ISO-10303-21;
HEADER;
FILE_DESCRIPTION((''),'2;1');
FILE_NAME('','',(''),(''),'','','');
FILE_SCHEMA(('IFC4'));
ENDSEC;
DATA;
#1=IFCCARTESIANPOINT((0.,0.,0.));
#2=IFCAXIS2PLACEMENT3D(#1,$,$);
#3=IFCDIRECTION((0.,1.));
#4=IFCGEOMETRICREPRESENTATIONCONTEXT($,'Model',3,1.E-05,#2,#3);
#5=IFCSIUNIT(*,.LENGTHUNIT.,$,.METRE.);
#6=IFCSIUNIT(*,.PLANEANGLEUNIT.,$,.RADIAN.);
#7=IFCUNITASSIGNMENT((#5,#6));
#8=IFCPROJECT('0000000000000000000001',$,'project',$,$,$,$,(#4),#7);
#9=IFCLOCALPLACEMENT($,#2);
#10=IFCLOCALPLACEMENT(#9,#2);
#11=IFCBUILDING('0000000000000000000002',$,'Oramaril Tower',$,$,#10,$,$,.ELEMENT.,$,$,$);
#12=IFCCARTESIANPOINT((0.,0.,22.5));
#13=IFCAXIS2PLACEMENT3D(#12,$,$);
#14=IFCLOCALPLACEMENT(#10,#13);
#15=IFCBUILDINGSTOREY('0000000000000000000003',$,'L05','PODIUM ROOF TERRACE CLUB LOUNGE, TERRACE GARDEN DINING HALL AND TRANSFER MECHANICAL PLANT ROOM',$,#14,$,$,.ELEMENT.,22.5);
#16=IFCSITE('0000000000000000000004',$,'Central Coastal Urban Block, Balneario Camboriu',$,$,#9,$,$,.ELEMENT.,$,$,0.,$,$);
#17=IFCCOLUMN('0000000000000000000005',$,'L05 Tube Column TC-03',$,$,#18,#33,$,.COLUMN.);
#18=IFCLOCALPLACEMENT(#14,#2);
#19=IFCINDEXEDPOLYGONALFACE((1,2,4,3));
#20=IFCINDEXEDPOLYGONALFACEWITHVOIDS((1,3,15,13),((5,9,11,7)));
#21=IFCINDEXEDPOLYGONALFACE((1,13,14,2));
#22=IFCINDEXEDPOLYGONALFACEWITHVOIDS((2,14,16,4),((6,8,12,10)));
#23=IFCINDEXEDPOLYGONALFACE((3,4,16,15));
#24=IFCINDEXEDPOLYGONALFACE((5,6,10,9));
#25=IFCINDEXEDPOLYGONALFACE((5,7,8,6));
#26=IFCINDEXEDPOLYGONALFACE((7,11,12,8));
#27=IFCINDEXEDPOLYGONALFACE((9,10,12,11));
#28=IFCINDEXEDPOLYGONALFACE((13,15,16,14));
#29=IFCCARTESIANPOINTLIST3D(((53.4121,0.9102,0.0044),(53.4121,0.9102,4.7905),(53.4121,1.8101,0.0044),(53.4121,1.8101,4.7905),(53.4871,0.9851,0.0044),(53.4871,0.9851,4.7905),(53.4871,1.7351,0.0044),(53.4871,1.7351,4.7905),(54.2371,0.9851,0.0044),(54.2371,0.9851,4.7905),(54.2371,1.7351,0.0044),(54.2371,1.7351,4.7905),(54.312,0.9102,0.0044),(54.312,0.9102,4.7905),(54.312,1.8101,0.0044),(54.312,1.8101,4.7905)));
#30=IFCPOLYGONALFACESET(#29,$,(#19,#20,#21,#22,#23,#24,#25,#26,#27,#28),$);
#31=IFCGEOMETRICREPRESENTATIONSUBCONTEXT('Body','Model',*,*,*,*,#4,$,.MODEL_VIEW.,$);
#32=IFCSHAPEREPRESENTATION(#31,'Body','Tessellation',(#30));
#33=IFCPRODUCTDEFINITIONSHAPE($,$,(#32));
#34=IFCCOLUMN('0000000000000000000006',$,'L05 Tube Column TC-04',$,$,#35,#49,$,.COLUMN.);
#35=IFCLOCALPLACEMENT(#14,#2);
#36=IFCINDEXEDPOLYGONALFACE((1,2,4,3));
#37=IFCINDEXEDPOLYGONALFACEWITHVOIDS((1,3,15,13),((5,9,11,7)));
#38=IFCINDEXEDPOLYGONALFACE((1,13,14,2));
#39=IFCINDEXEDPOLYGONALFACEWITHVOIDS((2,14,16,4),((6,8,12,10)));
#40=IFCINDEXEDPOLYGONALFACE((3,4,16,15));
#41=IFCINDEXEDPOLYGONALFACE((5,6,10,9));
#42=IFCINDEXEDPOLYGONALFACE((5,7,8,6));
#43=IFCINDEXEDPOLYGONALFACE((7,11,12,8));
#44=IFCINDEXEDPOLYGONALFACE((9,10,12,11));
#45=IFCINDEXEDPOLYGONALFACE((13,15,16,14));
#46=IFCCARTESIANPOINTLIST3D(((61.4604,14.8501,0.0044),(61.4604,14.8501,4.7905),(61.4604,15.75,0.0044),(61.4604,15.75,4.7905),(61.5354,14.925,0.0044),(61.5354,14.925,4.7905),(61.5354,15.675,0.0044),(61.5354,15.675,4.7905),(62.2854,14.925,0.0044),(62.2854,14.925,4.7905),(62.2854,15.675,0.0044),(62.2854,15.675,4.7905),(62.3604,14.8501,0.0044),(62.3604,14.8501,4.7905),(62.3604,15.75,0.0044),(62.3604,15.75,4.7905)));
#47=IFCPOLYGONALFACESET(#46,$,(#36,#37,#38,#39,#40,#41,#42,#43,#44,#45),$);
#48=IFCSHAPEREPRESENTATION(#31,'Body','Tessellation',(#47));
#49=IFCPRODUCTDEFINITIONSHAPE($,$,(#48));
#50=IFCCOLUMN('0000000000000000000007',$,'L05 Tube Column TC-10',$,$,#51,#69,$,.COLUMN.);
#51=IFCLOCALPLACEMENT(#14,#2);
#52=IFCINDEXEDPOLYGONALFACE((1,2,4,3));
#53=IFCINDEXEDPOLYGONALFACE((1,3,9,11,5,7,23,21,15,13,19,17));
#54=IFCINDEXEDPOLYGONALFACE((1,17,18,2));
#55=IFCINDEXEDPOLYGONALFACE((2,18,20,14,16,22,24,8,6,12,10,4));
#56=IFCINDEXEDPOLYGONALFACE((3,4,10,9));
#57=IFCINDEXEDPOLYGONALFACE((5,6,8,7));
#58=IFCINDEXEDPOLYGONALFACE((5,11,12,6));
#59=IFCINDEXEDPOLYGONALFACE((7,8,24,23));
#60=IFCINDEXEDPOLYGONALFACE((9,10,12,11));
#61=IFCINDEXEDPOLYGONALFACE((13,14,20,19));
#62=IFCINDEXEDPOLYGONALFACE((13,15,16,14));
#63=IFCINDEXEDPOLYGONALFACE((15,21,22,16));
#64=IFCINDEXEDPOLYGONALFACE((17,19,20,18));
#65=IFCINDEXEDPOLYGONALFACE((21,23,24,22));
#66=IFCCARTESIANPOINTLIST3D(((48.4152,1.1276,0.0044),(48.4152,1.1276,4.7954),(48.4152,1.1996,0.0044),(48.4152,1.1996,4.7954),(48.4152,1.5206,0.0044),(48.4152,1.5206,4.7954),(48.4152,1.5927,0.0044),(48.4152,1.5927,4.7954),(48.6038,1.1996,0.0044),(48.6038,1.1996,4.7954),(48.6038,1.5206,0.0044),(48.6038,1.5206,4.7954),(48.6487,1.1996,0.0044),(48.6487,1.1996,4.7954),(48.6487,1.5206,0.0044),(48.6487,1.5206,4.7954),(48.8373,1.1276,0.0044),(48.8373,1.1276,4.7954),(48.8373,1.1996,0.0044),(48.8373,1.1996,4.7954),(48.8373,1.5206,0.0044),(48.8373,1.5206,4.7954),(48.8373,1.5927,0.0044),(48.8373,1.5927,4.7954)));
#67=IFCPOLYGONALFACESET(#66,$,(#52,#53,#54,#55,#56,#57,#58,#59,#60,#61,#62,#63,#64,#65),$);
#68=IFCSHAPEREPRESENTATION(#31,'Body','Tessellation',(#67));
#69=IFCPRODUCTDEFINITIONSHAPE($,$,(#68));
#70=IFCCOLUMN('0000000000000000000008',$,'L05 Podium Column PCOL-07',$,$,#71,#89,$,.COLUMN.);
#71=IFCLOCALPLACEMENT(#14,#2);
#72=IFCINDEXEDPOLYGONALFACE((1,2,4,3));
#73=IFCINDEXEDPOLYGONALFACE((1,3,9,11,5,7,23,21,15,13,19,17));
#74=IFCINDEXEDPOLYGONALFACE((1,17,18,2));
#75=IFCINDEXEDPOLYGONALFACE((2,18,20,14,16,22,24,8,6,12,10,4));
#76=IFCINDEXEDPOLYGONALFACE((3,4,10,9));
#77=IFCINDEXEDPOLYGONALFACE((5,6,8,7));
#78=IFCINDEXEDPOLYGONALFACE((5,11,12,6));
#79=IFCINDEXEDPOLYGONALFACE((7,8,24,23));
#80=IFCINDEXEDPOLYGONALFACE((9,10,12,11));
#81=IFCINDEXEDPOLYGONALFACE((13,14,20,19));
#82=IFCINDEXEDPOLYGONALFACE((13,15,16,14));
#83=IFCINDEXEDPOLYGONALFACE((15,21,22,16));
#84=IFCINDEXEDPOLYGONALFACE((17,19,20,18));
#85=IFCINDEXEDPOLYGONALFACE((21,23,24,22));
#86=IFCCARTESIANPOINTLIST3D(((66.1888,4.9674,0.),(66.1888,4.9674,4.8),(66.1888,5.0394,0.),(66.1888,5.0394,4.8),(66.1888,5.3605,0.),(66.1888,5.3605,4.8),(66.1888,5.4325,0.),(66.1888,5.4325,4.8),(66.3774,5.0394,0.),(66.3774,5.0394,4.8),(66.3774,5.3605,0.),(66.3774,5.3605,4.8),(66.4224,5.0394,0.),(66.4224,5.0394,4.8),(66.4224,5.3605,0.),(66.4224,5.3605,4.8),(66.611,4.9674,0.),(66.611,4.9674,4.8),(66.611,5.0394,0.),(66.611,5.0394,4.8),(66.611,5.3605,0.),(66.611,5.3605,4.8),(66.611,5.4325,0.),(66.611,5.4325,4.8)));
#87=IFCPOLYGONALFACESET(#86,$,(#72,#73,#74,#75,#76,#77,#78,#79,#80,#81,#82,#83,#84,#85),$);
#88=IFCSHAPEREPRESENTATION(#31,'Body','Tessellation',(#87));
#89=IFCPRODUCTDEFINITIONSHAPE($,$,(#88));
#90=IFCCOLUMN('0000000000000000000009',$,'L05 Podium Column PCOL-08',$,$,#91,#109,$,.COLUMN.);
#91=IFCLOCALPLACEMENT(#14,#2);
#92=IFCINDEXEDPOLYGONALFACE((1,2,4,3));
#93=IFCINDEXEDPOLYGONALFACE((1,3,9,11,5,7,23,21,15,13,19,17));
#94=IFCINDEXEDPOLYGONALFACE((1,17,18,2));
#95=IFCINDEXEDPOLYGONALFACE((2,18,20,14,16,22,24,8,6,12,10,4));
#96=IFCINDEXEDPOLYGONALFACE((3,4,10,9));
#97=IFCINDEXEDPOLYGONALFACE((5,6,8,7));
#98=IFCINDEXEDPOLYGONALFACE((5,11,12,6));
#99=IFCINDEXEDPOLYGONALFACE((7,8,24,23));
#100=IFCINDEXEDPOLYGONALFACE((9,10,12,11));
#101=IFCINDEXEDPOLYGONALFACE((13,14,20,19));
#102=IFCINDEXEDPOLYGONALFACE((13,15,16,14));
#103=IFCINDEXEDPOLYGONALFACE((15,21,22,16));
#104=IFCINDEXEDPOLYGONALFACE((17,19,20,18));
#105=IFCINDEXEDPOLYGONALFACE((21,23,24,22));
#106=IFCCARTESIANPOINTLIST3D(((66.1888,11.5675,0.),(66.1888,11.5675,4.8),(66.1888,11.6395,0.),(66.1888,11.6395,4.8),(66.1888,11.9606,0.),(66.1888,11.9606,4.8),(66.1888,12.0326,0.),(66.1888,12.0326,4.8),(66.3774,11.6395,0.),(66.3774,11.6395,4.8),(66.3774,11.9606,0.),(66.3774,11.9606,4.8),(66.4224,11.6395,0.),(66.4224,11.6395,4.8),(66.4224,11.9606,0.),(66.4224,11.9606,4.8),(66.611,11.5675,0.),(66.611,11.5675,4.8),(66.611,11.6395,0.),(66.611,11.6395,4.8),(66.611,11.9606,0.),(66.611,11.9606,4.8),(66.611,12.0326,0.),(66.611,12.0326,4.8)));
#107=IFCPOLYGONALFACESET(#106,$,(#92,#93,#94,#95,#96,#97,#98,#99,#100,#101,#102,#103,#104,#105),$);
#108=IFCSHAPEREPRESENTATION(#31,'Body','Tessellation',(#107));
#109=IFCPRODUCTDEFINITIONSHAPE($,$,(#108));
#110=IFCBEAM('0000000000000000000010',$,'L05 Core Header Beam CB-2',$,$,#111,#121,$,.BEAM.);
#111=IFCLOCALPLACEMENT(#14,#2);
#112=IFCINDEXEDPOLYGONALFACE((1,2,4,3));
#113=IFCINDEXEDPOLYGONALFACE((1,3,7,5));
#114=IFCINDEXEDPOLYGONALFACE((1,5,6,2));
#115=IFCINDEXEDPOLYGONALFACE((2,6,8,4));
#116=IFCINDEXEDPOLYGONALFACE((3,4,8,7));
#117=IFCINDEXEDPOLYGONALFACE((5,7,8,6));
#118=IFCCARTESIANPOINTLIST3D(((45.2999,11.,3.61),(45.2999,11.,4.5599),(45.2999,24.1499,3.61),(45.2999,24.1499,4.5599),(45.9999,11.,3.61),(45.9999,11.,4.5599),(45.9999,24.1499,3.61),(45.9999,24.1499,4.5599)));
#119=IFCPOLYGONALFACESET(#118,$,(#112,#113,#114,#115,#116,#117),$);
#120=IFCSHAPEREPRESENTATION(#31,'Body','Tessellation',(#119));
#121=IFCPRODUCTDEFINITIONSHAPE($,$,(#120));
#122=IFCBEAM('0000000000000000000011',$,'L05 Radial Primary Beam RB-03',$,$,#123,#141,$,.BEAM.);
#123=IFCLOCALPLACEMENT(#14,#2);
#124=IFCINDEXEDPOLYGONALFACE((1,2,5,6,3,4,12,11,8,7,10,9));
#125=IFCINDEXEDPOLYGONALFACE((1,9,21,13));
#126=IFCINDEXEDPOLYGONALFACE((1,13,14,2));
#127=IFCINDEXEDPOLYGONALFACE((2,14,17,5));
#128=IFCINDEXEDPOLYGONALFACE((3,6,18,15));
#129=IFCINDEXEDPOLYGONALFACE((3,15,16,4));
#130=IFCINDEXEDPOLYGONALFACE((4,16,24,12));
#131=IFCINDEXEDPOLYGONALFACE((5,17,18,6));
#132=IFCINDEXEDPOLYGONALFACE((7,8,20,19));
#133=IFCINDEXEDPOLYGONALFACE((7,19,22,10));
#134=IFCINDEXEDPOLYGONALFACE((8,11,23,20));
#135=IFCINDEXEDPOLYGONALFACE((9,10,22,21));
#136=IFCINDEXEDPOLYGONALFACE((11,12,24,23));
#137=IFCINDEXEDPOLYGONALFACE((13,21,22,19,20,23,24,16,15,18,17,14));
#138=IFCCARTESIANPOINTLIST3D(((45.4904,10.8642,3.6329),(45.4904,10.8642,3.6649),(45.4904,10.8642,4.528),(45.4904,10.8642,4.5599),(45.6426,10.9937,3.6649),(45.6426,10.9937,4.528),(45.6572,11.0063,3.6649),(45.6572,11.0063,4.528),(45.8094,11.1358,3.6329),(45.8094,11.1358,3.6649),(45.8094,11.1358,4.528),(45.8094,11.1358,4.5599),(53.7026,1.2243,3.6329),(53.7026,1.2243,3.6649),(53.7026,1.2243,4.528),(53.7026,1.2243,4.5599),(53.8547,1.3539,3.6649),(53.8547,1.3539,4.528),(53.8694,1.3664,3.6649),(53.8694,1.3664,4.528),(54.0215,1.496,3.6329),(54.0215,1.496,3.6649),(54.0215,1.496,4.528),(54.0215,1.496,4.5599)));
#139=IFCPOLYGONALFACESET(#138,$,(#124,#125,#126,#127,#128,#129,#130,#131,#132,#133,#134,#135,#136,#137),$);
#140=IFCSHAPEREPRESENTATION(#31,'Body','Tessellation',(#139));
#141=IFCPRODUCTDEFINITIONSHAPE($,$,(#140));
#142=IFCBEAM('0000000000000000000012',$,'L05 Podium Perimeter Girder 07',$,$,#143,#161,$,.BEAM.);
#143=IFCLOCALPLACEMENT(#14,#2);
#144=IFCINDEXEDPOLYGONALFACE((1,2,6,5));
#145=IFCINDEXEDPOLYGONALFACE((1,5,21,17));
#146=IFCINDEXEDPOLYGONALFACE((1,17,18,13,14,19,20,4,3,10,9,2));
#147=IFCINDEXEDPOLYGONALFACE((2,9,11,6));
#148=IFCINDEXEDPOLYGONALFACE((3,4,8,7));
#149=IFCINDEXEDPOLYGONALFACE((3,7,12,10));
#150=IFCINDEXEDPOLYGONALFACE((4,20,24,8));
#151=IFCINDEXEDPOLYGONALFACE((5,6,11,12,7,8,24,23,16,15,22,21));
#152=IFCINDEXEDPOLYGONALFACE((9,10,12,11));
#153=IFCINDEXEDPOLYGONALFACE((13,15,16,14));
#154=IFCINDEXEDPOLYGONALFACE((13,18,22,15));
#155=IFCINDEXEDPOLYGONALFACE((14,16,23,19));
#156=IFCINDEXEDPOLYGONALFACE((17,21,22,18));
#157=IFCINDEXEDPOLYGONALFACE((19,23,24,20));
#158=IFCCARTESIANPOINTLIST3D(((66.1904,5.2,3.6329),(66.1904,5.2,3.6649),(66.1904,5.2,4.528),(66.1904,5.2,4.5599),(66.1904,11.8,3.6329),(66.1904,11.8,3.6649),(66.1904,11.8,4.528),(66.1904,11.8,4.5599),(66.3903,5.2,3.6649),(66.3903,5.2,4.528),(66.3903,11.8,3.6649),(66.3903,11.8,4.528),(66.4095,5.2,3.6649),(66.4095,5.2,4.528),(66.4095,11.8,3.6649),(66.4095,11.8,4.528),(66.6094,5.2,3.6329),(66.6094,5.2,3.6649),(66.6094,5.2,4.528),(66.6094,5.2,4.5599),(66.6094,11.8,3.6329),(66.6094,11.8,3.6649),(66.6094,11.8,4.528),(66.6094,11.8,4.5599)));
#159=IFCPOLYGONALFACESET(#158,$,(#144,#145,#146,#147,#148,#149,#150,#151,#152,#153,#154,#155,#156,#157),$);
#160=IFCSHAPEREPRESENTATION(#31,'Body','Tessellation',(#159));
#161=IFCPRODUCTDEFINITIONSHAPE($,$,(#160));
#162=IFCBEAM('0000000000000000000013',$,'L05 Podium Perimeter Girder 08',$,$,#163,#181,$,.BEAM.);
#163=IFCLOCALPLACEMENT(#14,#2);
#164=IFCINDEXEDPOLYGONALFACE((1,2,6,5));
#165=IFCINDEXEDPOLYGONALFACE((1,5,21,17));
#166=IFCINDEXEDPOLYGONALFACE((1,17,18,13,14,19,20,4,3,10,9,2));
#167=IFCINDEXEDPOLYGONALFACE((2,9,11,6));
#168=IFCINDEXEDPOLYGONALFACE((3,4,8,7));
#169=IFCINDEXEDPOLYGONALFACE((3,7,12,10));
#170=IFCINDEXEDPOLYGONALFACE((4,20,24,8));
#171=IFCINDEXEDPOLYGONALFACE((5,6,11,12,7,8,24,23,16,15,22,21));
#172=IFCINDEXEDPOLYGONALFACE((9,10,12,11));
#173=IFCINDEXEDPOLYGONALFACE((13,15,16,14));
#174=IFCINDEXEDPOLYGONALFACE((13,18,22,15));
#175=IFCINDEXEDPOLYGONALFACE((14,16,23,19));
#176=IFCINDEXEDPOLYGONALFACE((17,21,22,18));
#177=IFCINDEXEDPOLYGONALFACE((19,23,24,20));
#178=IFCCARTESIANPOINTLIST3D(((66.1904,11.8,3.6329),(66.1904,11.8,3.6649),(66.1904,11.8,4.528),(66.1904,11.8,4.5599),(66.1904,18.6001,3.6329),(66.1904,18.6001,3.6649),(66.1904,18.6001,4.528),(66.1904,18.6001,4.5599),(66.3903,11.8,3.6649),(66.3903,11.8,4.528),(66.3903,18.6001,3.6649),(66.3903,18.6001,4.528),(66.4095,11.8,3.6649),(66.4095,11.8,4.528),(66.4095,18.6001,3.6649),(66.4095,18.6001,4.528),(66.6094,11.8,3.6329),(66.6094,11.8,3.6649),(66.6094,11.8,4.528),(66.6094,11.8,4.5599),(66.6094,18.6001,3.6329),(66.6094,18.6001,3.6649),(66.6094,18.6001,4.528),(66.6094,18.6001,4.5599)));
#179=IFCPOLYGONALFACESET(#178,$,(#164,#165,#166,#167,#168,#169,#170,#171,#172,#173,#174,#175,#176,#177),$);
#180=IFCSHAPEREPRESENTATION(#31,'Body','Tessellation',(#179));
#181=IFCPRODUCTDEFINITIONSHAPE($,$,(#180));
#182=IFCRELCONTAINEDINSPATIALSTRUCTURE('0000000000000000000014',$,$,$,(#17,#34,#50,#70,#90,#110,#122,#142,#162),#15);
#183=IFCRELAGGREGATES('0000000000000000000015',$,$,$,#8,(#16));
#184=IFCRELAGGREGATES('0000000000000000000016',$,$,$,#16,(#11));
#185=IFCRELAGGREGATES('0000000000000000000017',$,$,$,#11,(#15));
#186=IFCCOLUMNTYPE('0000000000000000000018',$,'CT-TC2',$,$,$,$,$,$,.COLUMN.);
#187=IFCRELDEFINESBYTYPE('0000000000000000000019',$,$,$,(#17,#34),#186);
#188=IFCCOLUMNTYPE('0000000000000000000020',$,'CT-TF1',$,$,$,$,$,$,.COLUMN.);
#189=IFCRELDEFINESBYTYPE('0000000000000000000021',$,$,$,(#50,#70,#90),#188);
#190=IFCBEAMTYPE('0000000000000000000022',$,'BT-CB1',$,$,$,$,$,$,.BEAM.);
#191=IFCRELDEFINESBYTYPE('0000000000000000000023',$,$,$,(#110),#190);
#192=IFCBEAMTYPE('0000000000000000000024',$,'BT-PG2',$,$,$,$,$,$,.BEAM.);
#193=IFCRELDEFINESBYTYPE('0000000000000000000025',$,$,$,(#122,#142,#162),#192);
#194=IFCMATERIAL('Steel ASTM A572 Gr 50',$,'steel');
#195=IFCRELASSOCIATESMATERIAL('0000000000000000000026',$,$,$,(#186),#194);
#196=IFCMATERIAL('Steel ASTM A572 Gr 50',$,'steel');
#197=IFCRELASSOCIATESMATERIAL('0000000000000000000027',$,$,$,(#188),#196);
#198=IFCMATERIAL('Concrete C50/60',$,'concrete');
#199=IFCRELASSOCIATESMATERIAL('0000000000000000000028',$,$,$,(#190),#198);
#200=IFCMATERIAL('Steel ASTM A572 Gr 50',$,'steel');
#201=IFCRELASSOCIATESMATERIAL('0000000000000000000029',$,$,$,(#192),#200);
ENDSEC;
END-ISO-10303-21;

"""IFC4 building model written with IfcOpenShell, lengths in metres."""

from ifc_helpers import new_model, si_unit, direction, frame, origin, origin_2d, place, context, subcontext, project, spatial, rectangle, hollow_rectangle, i_section, extrude, material, material_profile, profile_set, type_object, element, save


model = new_model("IFC4")

# Units and contexts
model_context = context("Model", 3, precision=1e-05, world=origin(), true_north=direction((0.0, 1.0)))
body_context = subcontext(model_context, "Body", "Model", "MODEL_VIEW")
ifc_project = project(units=[si_unit("LENGTHUNIT", "METRE"), si_unit("PLANEANGLEUNIT", "RADIAN")], contexts=[model_context])

# Site, building, storey
site_placement = place(None, origin())
site = spatial("IfcSite", under=ifc_project, at=site_placement, Name="Central Coastal Urban Block, Balneario Camboriu", CompositionType="ELEMENT", RefElevation=0.0)
building_placement = place(site_placement, origin())
building = spatial("IfcBuilding", under=site, at=building_placement, Name="Oramaril Tower", CompositionType="ELEMENT")
storey_placement = place(building_placement, frame((0.0, 0.0, 22.5)))
storey = spatial("IfcBuildingStorey", under=building, at=storey_placement, Name="L05", Description="PODIUM ROOF TERRACE CLUB LOUNGE, TERRACE GARDEN DINING HALL AND TRANSFER MECHANICAL PLANT ROOM", CompositionType="ELEMENT", Elevation=22.5)

# Columns
ifc_material_1 = material(Name="Steel ASTM A572 Gr 50", Category="steel")
ifc_material_profile_1 = material_profile(ifc_material_1, hollow_rectangle(XDim=0.8999, YDim=0.8999, WallThickness=0.075, at=origin_2d()), Name="BOX900X900X75")
ifc_profile_set_1 = profile_set([ifc_material_profile_1], Name="Steel ASTM A572 Gr 50")
column_type_1 = type_object("IfcColumnType", Name="CT-TC2", PredefinedType="COLUMN", material=ifc_profile_set_1)
for number, where, z_axis, x_axis, name in (
    (1, (53.8621, 1.3601, 0.0044), (0.0, 0.0, 1.0), (1.0, 0.0, 0.0), "L05 Tube Column TC-03"),
    (2, (61.9104, 15.3, 0.0044), (0.0, 0.0, 1.0), (1.0, 0.0, 0.0), "L05 Tube Column TC-04"),
):
    element("IfcColumn", number, at=place(storey_placement, frame(where, z_axis=z_axis, x_axis=x_axis)), inside=storey, type_object=column_type_1, Name=name, PredefinedType="COLUMN", context=body_context, shape_type="SweptSolid", body=[
        extrude(hollow_rectangle(XDim=0.8999, YDim=0.8999, WallThickness=0.075, at=origin_2d()), origin(), (0.0, 0.0, 1.0), 4.7861),
    ])
ifc_material_2 = material(Name="Steel ASTM A572 Gr 50", Category="steel")
ifc_material_profile_2 = material_profile(ifc_material_2, i_section(OverallWidth=0.4221, OverallDepth=0.4651, WebThickness=0.0449, FlangeThickness=0.072, at=origin_2d()), Name="W14X398")
ifc_profile_set_2 = profile_set([ifc_material_profile_2], Name="Steel ASTM A572 Gr 50")
column_type_2 = type_object("IfcColumnType", Name="CT-TF1", PredefinedType="COLUMN", material=ifc_profile_set_2)
column_placement = place(storey_placement, frame((48.6262, 1.3601, 0.0044), z_axis=(0.0, 0.0, 1.0), x_axis=(1.0, 0.0, 0.0)))
element("IfcColumn", 3, at=column_placement, inside=storey, type_object=column_type_2, Name="L05 Tube Column TC-10", PredefinedType="COLUMN", context=body_context, shape_type="SweptSolid", body=[
    extrude(i_section(OverallWidth=0.4221, OverallDepth=0.4651, WebThickness=0.0449, FlangeThickness=0.072, at=origin_2d()), origin(), (0.0, 0.0, 1.0), 4.791),
])
for number, where, z_axis, x_axis, name in (
    (4, (66.3999, 5.2, 0.0), (0.0, 0.0, 1.0), (1.0, 0.0, 0.0), "L05 Podium Column PCOL-07"),
    (5, (66.3999, 11.8, 0.0), (0.0, 0.0, 1.0), (1.0, 0.0, 0.0), "L05 Podium Column PCOL-08"),
):
    element("IfcColumn", number, at=place(storey_placement, frame(where, z_axis=z_axis, x_axis=x_axis)), inside=storey, type_object=column_type_2, Name=name, PredefinedType="COLUMN", context=body_context, shape_type="SweptSolid", body=[
        extrude(i_section(OverallWidth=0.4221, OverallDepth=0.4651, WebThickness=0.0449, FlangeThickness=0.072, at=origin_2d()), origin(), (0.0, 0.0, 1.0), 4.8),
    ])

# Beams
ifc_material_3 = material(Name="Concrete C50/60", Category="concrete")
ifc_material_profile_3 = material_profile(ifc_material_3, rectangle(XDim=0.7, YDim=0.95, at=origin_2d()), Name="CB700X950")
ifc_profile_set_3 = profile_set([ifc_material_profile_3], Name="Concrete C50/60")
beam_type_1 = type_object("IfcBeamType", Name="BT-CB1", PredefinedType="BEAM", material=ifc_profile_set_3)
beam_1_placement = place(storey_placement, frame((45.6499, 11.0, 4.085), z_axis=(0.0, 1.0, 0.0), x_axis=(-1.0, 0.0, 0.0)))
element("IfcBeam", 6, at=beam_1_placement, inside=storey, type_object=beam_type_1, Name="L05 Core Header Beam CB-2", PredefinedType="BEAM", context=body_context, shape_type="SweptSolid", body=[
    extrude(rectangle(XDim=0.7, YDim=0.95, at=origin_2d()), origin(), (0.0, 0.0, 1.0), 13.1499),
])
ifc_material_4 = material(Name="Steel ASTM A572 Gr 50", Category="steel")
ifc_material_profile_4 = material_profile(ifc_material_4, i_section(OverallWidth=0.4189, OverallDepth=0.927, WebThickness=0.0193, FlangeThickness=0.032, at=origin_2d()), Name="W36X231")
ifc_profile_set_4 = profile_set([ifc_material_profile_4], Name="Steel ASTM A572 Gr 50")
beam_type_2 = type_object("IfcBeamType", Name="BT-PG2", PredefinedType="BEAM", material=ifc_profile_set_4)
beam_2_placement = place(storey_placement, frame((45.6499, 11.0, 4.0964), z_axis=(0.648485, -0.761228, 0.0), x_axis=(0.761228, 0.648485, 0.0)))
element("IfcBeam", 7, at=beam_2_placement, inside=storey, type_object=beam_type_2, Name="L05 Radial Primary Beam RB-03", PredefinedType="BEAM", context=body_context, shape_type="SweptSolid", body=[
    extrude(i_section(OverallWidth=0.4189, OverallDepth=0.927, WebThickness=0.0193, FlangeThickness=0.032, at=origin_2d()), origin(), (0.0, 0.0, 1.0), 12.6636),
])
beam_3_placement = place(storey_placement, frame((66.3999, 5.2, 4.0964), z_axis=(0.0, 1.0, 0.0), x_axis=(-1.0, 0.0, 0.0)))
element("IfcBeam", 8, at=beam_3_placement, inside=storey, type_object=beam_type_2, Name="L05 Podium Perimeter Girder 07", PredefinedType="BEAM", context=body_context, shape_type="SweptSolid", body=[
    extrude(i_section(OverallWidth=0.4189, OverallDepth=0.927, WebThickness=0.0193, FlangeThickness=0.032, at=origin_2d()), origin(), (0.0, 0.0, 1.0), 6.6001),
])
beam_4_placement = place(storey_placement, frame((66.3999, 11.8, 4.0964), z_axis=(0.0, 1.0, 0.0), x_axis=(-1.0, 0.0, 0.0)))
element("IfcBeam", 9, at=beam_4_placement, inside=storey, type_object=beam_type_2, Name="L05 Podium Perimeter Girder 08", PredefinedType="BEAM", context=body_context, shape_type="SweptSolid", body=[
    extrude(i_section(OverallWidth=0.4189, OverallDepth=0.927, WebThickness=0.0193, FlangeThickness=0.032, at=origin_2d()), origin(), (0.0, 0.0, 1.0), 6.8),
])

save(model, "model.ifc")
